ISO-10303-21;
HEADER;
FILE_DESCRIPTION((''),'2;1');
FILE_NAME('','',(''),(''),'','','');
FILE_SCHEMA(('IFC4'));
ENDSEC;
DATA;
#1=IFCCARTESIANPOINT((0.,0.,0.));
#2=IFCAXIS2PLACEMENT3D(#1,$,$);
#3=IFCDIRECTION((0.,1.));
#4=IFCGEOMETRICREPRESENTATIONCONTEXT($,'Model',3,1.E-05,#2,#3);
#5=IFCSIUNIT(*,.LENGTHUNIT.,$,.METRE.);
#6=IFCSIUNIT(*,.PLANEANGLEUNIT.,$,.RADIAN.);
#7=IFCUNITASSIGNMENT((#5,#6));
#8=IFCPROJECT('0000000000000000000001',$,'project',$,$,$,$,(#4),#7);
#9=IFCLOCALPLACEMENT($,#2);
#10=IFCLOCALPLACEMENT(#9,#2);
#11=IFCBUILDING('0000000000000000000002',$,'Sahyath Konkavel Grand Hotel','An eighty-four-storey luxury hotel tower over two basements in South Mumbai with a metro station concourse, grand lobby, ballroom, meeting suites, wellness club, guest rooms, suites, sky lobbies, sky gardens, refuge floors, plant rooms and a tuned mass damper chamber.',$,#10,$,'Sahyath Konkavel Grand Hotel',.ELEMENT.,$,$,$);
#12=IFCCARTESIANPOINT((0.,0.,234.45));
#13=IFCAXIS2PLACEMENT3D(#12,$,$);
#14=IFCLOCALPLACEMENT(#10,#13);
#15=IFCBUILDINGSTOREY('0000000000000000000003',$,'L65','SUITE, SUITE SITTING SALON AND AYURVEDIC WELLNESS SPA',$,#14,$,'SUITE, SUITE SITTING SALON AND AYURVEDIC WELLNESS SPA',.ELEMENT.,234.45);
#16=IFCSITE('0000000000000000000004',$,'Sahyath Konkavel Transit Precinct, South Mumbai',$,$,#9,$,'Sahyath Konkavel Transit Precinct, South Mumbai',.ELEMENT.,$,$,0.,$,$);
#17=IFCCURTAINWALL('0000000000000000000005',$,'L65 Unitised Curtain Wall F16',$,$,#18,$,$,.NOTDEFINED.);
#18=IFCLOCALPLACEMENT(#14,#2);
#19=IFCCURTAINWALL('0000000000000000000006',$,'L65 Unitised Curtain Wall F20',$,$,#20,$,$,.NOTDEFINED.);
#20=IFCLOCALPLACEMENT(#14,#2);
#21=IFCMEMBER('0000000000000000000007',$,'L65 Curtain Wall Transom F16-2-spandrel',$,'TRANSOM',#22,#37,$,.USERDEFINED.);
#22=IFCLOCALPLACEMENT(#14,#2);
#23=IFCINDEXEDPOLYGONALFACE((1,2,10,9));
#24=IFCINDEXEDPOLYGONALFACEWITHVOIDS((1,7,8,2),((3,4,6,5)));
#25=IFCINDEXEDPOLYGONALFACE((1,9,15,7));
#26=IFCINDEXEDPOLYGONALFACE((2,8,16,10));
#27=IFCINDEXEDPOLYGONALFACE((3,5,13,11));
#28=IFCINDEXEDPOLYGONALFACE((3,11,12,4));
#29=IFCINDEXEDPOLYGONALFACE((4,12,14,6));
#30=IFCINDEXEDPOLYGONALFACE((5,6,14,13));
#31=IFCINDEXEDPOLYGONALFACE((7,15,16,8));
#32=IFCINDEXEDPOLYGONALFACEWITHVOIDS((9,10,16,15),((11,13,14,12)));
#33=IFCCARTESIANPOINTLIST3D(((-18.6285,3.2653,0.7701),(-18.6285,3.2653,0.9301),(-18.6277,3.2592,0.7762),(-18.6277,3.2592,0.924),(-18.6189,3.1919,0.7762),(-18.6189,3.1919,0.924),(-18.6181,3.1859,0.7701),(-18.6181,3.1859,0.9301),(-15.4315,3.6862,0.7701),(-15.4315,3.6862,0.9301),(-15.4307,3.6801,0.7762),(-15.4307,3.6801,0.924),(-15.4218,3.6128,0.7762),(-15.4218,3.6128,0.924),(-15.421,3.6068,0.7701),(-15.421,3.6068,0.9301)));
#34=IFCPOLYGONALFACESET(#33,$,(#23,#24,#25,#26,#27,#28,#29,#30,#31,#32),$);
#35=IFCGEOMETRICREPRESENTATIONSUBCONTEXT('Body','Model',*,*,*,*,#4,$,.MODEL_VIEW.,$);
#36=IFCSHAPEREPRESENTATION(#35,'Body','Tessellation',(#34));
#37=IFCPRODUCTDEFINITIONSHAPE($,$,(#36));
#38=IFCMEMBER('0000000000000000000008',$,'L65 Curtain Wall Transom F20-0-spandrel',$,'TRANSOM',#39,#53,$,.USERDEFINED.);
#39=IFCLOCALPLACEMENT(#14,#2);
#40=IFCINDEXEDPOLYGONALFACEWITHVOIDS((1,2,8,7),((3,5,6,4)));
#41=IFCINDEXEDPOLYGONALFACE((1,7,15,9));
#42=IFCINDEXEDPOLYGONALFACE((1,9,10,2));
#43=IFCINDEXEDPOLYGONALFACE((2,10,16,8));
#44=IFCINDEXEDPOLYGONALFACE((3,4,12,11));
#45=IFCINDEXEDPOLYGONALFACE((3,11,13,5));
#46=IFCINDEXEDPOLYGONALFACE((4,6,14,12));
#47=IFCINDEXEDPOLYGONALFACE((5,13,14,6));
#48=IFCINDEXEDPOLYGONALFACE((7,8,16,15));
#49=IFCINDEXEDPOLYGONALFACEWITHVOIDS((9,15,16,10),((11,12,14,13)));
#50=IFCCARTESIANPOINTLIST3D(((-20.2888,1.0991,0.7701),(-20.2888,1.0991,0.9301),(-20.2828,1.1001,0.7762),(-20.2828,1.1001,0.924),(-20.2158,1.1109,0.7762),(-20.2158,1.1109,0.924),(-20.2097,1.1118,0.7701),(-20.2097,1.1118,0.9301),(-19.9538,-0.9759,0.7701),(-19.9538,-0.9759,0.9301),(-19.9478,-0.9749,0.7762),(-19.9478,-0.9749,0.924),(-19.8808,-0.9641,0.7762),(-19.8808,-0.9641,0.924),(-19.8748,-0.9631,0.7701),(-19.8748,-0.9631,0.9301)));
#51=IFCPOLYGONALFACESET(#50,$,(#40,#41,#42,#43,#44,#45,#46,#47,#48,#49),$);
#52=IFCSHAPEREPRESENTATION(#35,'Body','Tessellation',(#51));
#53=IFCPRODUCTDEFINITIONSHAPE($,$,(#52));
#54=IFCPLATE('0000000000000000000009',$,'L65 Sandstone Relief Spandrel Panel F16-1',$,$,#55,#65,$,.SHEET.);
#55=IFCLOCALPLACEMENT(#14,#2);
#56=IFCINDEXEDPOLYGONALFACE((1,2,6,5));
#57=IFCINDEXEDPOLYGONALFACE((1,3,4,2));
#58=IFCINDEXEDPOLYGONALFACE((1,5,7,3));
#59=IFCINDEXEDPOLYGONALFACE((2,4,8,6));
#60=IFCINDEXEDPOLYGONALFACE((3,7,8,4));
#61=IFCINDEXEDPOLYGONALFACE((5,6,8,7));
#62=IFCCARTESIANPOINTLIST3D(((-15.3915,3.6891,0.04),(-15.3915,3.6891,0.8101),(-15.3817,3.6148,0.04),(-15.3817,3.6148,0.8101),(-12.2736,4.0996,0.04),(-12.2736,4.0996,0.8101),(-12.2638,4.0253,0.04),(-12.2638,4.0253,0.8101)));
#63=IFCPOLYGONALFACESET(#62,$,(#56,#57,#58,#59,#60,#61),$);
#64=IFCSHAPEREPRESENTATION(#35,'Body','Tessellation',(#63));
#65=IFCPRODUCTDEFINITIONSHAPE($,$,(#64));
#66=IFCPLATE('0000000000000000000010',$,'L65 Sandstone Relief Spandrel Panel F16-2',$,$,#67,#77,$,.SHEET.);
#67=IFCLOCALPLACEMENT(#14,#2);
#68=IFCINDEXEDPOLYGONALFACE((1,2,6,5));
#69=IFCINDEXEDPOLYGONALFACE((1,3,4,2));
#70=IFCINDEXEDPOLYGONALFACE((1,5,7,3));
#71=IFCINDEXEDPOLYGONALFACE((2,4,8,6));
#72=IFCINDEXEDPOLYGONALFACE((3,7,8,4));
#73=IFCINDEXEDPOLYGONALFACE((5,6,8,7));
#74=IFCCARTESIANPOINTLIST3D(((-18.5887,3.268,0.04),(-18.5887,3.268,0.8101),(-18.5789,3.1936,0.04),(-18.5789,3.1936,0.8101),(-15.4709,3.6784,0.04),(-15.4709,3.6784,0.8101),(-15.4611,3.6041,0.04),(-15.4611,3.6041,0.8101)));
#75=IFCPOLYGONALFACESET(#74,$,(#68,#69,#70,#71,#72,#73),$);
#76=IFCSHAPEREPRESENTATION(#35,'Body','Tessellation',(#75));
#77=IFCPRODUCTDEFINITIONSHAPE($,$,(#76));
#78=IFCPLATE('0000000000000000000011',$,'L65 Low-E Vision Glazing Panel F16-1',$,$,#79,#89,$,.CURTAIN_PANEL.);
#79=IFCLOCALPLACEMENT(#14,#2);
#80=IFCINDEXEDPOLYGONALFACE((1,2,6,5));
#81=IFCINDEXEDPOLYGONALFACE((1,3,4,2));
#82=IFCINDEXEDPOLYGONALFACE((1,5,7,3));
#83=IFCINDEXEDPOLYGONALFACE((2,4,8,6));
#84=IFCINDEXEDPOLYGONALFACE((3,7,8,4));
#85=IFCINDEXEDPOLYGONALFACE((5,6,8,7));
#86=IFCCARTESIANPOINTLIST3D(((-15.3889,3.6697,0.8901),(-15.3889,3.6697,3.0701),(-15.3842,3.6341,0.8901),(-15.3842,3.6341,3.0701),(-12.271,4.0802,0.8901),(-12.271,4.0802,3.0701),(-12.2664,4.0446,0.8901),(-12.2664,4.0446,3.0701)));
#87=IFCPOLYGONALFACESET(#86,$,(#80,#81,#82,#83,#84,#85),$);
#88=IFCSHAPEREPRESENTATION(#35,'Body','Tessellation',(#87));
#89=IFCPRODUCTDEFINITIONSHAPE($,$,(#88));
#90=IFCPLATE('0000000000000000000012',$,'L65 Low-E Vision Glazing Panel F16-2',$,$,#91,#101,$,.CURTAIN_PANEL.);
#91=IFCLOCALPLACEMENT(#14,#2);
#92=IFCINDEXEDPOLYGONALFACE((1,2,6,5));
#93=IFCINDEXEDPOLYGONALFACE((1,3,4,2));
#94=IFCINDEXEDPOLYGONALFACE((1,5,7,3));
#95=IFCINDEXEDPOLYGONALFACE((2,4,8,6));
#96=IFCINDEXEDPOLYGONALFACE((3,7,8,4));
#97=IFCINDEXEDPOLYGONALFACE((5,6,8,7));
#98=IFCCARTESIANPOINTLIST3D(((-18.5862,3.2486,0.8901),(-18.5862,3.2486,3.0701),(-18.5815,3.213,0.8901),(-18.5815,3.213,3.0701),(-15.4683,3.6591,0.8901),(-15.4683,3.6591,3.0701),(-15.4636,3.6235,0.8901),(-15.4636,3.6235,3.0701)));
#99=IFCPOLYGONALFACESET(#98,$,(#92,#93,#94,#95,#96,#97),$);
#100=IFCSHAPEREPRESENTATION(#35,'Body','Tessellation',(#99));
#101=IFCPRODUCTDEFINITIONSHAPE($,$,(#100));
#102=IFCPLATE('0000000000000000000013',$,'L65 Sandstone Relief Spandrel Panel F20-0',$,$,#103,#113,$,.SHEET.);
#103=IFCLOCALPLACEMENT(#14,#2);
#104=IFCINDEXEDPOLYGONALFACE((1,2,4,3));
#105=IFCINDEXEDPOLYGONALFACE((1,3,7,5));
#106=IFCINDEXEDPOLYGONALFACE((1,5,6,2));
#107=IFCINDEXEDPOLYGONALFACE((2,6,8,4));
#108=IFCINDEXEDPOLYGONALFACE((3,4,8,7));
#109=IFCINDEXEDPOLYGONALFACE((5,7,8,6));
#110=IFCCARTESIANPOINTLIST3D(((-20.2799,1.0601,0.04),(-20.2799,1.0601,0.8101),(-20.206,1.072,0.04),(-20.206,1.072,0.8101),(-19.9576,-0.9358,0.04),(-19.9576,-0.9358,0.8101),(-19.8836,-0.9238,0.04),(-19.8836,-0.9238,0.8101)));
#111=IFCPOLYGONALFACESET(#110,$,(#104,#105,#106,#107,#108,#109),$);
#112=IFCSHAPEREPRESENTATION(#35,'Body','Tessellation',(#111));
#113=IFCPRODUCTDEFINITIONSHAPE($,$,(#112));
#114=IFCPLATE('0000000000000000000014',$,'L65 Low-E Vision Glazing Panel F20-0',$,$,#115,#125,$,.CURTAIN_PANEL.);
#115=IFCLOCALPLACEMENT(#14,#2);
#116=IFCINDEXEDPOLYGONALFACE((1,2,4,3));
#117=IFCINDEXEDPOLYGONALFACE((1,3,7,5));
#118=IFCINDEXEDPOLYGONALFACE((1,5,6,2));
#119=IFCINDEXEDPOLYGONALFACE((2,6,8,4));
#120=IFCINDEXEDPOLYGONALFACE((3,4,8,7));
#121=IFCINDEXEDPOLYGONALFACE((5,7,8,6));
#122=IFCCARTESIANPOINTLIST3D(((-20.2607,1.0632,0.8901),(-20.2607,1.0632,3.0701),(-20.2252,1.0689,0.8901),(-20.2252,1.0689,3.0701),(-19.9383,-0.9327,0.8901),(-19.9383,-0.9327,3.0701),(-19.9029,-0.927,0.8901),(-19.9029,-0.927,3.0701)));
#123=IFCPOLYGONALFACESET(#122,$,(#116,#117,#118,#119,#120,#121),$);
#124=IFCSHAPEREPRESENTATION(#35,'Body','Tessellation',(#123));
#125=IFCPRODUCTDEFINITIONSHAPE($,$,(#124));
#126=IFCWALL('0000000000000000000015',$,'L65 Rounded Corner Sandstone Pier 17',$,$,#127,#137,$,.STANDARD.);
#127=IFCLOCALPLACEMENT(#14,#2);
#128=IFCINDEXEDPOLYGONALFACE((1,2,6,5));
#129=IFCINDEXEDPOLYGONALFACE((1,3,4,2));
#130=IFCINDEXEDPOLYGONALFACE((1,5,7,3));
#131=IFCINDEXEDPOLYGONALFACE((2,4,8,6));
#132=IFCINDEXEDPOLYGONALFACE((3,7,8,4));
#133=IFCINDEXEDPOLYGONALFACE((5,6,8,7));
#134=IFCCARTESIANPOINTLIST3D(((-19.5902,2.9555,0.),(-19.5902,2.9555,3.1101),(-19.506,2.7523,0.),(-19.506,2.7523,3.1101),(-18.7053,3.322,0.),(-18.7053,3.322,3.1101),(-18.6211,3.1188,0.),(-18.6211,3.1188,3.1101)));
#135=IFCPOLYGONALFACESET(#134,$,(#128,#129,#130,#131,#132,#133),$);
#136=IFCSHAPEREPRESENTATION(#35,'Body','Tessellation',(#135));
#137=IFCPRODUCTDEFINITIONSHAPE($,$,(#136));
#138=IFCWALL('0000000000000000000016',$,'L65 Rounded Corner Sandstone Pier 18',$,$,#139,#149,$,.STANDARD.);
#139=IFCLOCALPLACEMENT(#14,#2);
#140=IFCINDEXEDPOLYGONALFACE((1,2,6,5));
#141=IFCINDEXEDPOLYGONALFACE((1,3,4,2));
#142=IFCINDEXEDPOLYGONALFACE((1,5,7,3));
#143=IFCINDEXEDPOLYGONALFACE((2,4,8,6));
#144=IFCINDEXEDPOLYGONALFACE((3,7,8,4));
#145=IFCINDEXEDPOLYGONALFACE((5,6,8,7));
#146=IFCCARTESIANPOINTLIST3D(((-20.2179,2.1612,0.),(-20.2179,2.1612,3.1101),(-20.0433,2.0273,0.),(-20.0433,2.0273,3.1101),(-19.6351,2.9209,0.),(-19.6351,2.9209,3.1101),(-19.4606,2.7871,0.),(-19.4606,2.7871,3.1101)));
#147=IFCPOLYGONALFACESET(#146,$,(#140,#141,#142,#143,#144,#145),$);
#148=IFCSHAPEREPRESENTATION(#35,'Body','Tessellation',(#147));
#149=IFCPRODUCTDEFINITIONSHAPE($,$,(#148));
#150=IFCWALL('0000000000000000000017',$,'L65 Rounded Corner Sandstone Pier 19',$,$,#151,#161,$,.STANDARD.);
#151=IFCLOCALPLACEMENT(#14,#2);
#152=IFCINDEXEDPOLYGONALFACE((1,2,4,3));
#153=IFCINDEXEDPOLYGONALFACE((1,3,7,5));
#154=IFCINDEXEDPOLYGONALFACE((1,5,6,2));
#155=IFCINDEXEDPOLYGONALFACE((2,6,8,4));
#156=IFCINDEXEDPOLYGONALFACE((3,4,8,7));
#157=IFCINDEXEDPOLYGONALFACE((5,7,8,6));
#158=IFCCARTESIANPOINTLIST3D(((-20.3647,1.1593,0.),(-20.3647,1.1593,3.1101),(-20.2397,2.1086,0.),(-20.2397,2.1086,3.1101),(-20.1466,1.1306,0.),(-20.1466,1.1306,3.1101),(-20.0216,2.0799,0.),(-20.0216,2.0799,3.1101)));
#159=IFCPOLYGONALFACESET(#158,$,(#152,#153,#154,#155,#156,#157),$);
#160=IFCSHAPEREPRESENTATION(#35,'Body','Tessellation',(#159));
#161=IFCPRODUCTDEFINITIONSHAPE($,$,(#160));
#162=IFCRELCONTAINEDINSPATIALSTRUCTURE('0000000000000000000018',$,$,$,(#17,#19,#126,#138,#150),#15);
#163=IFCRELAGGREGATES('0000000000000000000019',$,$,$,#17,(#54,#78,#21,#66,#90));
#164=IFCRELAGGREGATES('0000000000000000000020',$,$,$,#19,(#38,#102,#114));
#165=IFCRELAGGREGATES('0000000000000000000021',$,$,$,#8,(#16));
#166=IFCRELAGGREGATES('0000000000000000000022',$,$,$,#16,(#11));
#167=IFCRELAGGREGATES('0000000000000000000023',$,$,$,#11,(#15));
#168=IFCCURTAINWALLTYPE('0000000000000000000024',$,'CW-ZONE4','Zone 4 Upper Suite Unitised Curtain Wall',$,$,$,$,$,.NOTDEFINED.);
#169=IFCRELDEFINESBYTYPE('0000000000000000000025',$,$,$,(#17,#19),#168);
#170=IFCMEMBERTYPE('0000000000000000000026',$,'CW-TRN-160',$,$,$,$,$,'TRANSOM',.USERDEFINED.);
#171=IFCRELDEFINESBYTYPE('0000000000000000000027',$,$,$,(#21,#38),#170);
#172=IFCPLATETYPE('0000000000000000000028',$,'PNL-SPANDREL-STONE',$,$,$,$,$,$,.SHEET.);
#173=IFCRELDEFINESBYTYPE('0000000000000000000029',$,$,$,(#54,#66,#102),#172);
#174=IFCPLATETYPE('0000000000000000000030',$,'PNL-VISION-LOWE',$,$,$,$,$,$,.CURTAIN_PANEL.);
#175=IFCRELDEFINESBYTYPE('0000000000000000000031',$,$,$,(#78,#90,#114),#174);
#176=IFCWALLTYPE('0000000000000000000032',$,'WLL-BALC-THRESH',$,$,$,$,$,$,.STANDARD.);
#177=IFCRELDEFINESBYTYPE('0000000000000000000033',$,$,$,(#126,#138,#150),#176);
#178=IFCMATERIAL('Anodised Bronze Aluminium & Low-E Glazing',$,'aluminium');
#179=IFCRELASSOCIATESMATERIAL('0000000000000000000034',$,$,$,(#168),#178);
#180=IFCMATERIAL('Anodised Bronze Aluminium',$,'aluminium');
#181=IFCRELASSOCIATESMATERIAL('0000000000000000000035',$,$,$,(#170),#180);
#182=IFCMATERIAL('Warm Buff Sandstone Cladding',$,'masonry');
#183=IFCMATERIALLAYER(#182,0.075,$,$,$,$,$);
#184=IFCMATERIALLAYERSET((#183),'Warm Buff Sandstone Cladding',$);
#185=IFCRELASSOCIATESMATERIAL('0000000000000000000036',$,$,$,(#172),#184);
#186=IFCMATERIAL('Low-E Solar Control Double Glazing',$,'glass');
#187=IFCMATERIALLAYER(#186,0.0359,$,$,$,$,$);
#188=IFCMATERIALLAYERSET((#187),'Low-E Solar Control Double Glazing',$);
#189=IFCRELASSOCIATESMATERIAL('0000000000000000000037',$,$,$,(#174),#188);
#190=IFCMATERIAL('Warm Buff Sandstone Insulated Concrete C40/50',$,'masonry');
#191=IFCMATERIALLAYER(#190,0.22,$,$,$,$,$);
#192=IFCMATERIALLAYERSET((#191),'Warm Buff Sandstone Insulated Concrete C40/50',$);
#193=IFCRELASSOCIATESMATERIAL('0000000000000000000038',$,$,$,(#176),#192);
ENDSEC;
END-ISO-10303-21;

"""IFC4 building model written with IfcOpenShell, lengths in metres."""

from ifc_helpers import new_model, si_unit, direction, frame, frame_2d, origin, origin_2d, place, context, subcontext, project, spatial, rectangle, hollow_rectangle, extrude, source, transform, mapped, material, layer, layer_set, material_profile, profile_set, type_object, element, aggregate, save


model = new_model("IFC4")

# Units and contexts
model_context = context("Model", 3, precision=1e-05, world=origin(), true_north=direction((0.0, 1.0)))
body_context = subcontext(model_context, "Body", "Model", "MODEL_VIEW")
ifc_project = project(units=[si_unit("LENGTHUNIT", "METRE"), si_unit("PLANEANGLEUNIT", "RADIAN")], contexts=[model_context])

# Site, building, storey
site_placement = place(None, origin())
site = spatial("IfcSite", under=ifc_project, at=site_placement, Name="Sahyath Konkavel Transit Precinct, South Mumbai", LongName="Sahyath Konkavel Transit Precinct, South Mumbai", CompositionType="ELEMENT", RefElevation=0.0)
building_placement = place(site_placement, origin())
building = spatial("IfcBuilding", under=site, at=building_placement, Name="Sahyath Konkavel Grand Hotel", Description="An eighty-four-storey luxury hotel tower over two basements in South Mumbai with a metro station concourse, grand lobby, ballroom, meeting suites, wellness club, guest rooms, suites, sky lobbies, sky gardens, refuge floors, plant rooms and a tuned mass damper chamber.", LongName="Sahyath Konkavel Grand Hotel", CompositionType="ELEMENT")
storey_placement = place(building_placement, frame((0.0, 0.0, 234.45)))
storey = spatial("IfcBuildingStorey", under=building, at=storey_placement, Name="L65", Description="SUITE, SUITE SITTING SALON AND AYURVEDIC WELLNESS SPA", LongName="SUITE, SUITE SITTING SALON AND AYURVEDIC WELLNESS SPA", CompositionType="ELEMENT", Elevation=234.45)

# Curtain wall
ifc_material_1 = material(Name="Anodised Bronze Aluminium & Low-E Glazing", Category="aluminium")
curtain_wall_type = type_object("IfcCurtainWallType", Name="CW-ZONE4", Description="Zone 4 Upper Suite Unitised Curtain Wall", PredefinedType="NOTDEFINED", material=ifc_material_1)
curtain_wall_1_placement = place(storey_placement, origin())
curtain_wall_1 = element("IfcCurtainWall", 1, at=curtain_wall_1_placement, inside=storey, type_object=curtain_wall_type, Name="L65 Unitised Curtain Wall F16", PredefinedType="NOTDEFINED")
ifc_material_2 = material(Name="Anodised Bronze Aluminium", Category="aluminium")

# Curtain wall
curtain_wall_2_placement = place(storey_placement, origin())
curtain_wall_2 = element("IfcCurtainWall", 2, at=curtain_wall_2_placement, inside=storey, type_object=curtain_wall_type, Name="L65 Unitised Curtain Wall F20", PredefinedType="NOTDEFINED")

# Members
ifc_material_profile_1 = material_profile(ifc_material_2, hollow_rectangle(XDim=0.0801, YDim=0.1599, WallThickness=0.0061, at=origin_2d()), Name="RHS 160x80x6")
ifc_profile_set_1 = profile_set([ifc_material_profile_1], Name="Anodised Bronze Aluminium")
member_type_1 = type_object("IfcMemberType", Name="CW-TRN-160", ElementType="TRANSOM", PredefinedType="USERDEFINED", material=ifc_profile_set_1)
shared_shape_1 = source(origin(), body_context, "Body", "SweptSolid", [
    extrude(hollow_rectangle(XDim=0.0801, YDim=0.1599, WallThickness=0.0061, at=origin_2d()), origin(), (0.0, 0.0, 1.0), 3.2246),
])
member_1_placement = place(storey_placement, frame((-15.4263, 3.6465, 0.8501), z_axis=(-0.991445, -0.130527, 0.0), x_axis=(0.130527, -0.991445, 0.0)))
member_1 = element("IfcMember", 3, at=member_1_placement, type_object=member_type_1, Name="L65 Curtain Wall Transom F16-2-spandrel", ObjectType="TRANSOM", PredefinedType="USERDEFINED", context=body_context, shape_type="MappedRepresentation", body=[
    mapped(shared_shape_1, transform((0.0, 0.0, 0.0), scale=1.0)),
])
shared_shape_2 = source(origin(), body_context, "Body", "SweptSolid", [
    extrude(hollow_rectangle(XDim=0.0801, YDim=0.1599, WallThickness=0.0061, at=origin_2d()), origin(), (0.0, 0.0, 1.0), 2.1018),
])
member_2_placement = place(storey_placement, frame((-20.2493, 1.1055, 0.8501), z_axis=(0.159368, -0.987219, 0.0), x_axis=(0.987219, 0.159368, 0.0)))
member_2 = element("IfcMember", 4, at=member_2_placement, type_object=member_type_1, Name="L65 Curtain Wall Transom F20-0-spandrel", ObjectType="TRANSOM", PredefinedType="USERDEFINED", context=body_context, shape_type="MappedRepresentation", body=[
    mapped(shared_shape_2, transform((0.0, 0.0, 0.0), scale=1.0)),
])

# Plates
ifc_material_3 = material(Name="Warm Buff Sandstone Cladding", Category="masonry")
ifc_layer_1 = layer(ifc_material_3, 0.075)
ifc_layer_set_1 = layer_set([ifc_layer_1], Name="Warm Buff Sandstone Cladding")
plate_type_1 = type_object("IfcPlateType", Name="PNL-SPANDREL-STONE", PredefinedType="SHEET", material=ifc_layer_set_1)
shared_shape_3 = source(origin(), body_context, "Body", "SweptSolid", [
    extrude(rectangle(XDim=3.1448, YDim=0.075, at=origin_2d()), origin(), (0.0, 0.0, 1.0), 0.77),
])
plate_1_placement = place(storey_placement, frame((-13.8276, 3.8572, 0.04), z_axis=(0.0, 0.0, 1.0), x_axis=(-0.991445, -0.130526, 0.0)))
plate_1 = element("IfcPlate", 5, at=plate_1_placement, type_object=plate_type_1, Name="L65 Sandstone Relief Spandrel Panel F16-1", PredefinedType="SHEET", context=body_context, shape_type="MappedRepresentation", body=[
    mapped(shared_shape_3, transform((0.0, 0.0, 0.0), scale=1.0)),
])
plate_2_placement = place(storey_placement, frame((-17.0249, 3.436, 0.04), z_axis=(0.0, 0.0, 1.0), x_axis=(-0.991445, -0.130526, 0.0)))
plate_2 = element("IfcPlate", 6, at=plate_2_placement, type_object=plate_type_1, Name="L65 Sandstone Relief Spandrel Panel F16-2", PredefinedType="SHEET", context=body_context, shape_type="MappedRepresentation", body=[
    mapped(shared_shape_3, transform((0.0, 0.0, 0.0), scale=1.0)),
])
ifc_material_4 = material(Name="Low-E Solar Control Double Glazing", Category="glass")
ifc_layer_2 = layer(ifc_material_4, 0.0359)
ifc_layer_set_2 = layer_set([ifc_layer_2], Name="Low-E Solar Control Double Glazing")
plate_type_2 = type_object("IfcPlateType", Name="PNL-VISION-LOWE", PredefinedType="CURTAIN_PANEL", material=ifc_layer_set_2)
shared_shape_4 = source(origin(), body_context, "Body", "SweptSolid", [
    extrude(rectangle(XDim=3.1448, YDim=0.0359, at=origin_2d()), origin(), (0.0, 0.0, 1.0), 2.1799),
])
plate_3_placement = place(storey_placement, frame((-13.8276, 3.8572, 0.8901), z_axis=(0.0, 0.0, 1.0), x_axis=(-0.991445, -0.130526, 0.0)))
plate_3 = element("IfcPlate", 7, at=plate_3_placement, type_object=plate_type_2, Name="L65 Low-E Vision Glazing Panel F16-1", PredefinedType="CURTAIN_PANEL", context=body_context, shape_type="MappedRepresentation", body=[
    mapped(shared_shape_4, transform((0.0, 0.0, 0.0), scale=1.0)),
])
plate_4_placement = place(storey_placement, frame((-17.0249, 3.436, 0.8901), z_axis=(0.0, 0.0, 1.0), x_axis=(-0.991445, -0.130526, 0.0)))
plate_4 = element("IfcPlate", 8, at=plate_4_placement, type_object=plate_type_2, Name="L65 Low-E Vision Glazing Panel F16-2", PredefinedType="CURTAIN_PANEL", context=body_context, shape_type="MappedRepresentation", body=[
    mapped(shared_shape_4, transform((0.0, 0.0, 0.0), scale=1.0)),
])
aggregate(curtain_wall_1, [plate_1, plate_3, member_1, plate_2, plate_4])
shared_shape_5 = source(origin(), body_context, "Body", "SweptSolid", [
    extrude(rectangle(XDim=2.0217, YDim=0.075, at=origin_2d()), origin(), (0.0, 0.0, 1.0), 0.77),
])
plate_5_placement = place(storey_placement, frame((-20.0818, 0.0681, 0.04), z_axis=(0.0, 0.0, 1.0), x_axis=(0.159433, -0.987209, 0.0)))
plate_5 = element("IfcPlate", 9, at=plate_5_placement, type_object=plate_type_1, Name="L65 Sandstone Relief Spandrel Panel F20-0", PredefinedType="SHEET", context=body_context, shape_type="MappedRepresentation", body=[
    mapped(shared_shape_5, transform((0.0, 0.0, 0.0), scale=1.0)),
])
shared_shape_6 = source(origin(), body_context, "Body", "SweptSolid", [
    extrude(rectangle(XDim=2.0217, YDim=0.0359, at=origin_2d()), origin(), (0.0, 0.0, 1.0), 2.1799),
])
plate_6_placement = place(storey_placement, frame((-20.0818, 0.0681, 0.8901), z_axis=(0.0, 0.0, 1.0), x_axis=(0.159433, -0.987209, 0.0)))
plate_6 = element("IfcPlate", 10, at=plate_6_placement, type_object=plate_type_2, Name="L65 Low-E Vision Glazing Panel F20-0", PredefinedType="CURTAIN_PANEL", context=body_context, shape_type="MappedRepresentation", body=[
    mapped(shared_shape_6, transform((0.0, 0.0, 0.0), scale=1.0)),
])
aggregate(curtain_wall_2, [member_2, plate_5, plate_6])

# Walls
ifc_material_5 = material(Name="Warm Buff Sandstone Insulated Concrete C40/50", Category="masonry")
ifc_layer_3 = layer(ifc_material_5, 0.22)
ifc_layer_set_3 = layer_set([ifc_layer_3], Name="Warm Buff Sandstone Insulated Concrete C40/50")
wall_type_1 = type_object("IfcWallType", Name="WLL-BALC-THRESH", PredefinedType="STANDARD", material=ifc_layer_set_3)
wall_1_placement = place(storey_placement, frame((-18.6631, 3.2205, 0.0), z_axis=(0.0, 0.0, 1.0), x_axis=(-0.923889, -0.38266, 0.0)))
element("IfcWall", 11, at=wall_1_placement, inside=storey, type_object=wall_type_1, Name="L65 Rounded Corner Sandstone Pier 17", PredefinedType="STANDARD", context=body_context, shape_type="SweptSolid", body=[
    extrude(rectangle(XDim=0.9578, YDim=0.22, at=frame_2d((0.479, 0.0))), origin(), (0.0, 0.0, 1.0), 3.1101),
])
for number, where, z_axis, x_axis, name in (
    (12, (-19.5479, 2.854, 0.0), (0.0, 0.0, 1.0), (-0.608614, -0.793467, 0.0), "L65 Rounded Corner Sandstone Pier 18"),
    (13, (-20.1306, 2.0942, 0.0), (0.0, 0.0, 1.0), (-0.13056, -0.99144, 0.0), "L65 Rounded Corner Sandstone Pier 19"),
):
    element("IfcWall", number, at=place(storey_placement, frame(where, z_axis=z_axis, x_axis=x_axis)), inside=storey, type_object=wall_type_1, Name=name, PredefinedType="STANDARD", context=body_context, shape_type="SweptSolid", body=[
        extrude(rectangle(XDim=0.9575, YDim=0.22, at=frame_2d((0.4788, 0.0))), origin(), (0.0, 0.0, 1.0), 3.1101),
    ])

save(model, "model.ifc")
